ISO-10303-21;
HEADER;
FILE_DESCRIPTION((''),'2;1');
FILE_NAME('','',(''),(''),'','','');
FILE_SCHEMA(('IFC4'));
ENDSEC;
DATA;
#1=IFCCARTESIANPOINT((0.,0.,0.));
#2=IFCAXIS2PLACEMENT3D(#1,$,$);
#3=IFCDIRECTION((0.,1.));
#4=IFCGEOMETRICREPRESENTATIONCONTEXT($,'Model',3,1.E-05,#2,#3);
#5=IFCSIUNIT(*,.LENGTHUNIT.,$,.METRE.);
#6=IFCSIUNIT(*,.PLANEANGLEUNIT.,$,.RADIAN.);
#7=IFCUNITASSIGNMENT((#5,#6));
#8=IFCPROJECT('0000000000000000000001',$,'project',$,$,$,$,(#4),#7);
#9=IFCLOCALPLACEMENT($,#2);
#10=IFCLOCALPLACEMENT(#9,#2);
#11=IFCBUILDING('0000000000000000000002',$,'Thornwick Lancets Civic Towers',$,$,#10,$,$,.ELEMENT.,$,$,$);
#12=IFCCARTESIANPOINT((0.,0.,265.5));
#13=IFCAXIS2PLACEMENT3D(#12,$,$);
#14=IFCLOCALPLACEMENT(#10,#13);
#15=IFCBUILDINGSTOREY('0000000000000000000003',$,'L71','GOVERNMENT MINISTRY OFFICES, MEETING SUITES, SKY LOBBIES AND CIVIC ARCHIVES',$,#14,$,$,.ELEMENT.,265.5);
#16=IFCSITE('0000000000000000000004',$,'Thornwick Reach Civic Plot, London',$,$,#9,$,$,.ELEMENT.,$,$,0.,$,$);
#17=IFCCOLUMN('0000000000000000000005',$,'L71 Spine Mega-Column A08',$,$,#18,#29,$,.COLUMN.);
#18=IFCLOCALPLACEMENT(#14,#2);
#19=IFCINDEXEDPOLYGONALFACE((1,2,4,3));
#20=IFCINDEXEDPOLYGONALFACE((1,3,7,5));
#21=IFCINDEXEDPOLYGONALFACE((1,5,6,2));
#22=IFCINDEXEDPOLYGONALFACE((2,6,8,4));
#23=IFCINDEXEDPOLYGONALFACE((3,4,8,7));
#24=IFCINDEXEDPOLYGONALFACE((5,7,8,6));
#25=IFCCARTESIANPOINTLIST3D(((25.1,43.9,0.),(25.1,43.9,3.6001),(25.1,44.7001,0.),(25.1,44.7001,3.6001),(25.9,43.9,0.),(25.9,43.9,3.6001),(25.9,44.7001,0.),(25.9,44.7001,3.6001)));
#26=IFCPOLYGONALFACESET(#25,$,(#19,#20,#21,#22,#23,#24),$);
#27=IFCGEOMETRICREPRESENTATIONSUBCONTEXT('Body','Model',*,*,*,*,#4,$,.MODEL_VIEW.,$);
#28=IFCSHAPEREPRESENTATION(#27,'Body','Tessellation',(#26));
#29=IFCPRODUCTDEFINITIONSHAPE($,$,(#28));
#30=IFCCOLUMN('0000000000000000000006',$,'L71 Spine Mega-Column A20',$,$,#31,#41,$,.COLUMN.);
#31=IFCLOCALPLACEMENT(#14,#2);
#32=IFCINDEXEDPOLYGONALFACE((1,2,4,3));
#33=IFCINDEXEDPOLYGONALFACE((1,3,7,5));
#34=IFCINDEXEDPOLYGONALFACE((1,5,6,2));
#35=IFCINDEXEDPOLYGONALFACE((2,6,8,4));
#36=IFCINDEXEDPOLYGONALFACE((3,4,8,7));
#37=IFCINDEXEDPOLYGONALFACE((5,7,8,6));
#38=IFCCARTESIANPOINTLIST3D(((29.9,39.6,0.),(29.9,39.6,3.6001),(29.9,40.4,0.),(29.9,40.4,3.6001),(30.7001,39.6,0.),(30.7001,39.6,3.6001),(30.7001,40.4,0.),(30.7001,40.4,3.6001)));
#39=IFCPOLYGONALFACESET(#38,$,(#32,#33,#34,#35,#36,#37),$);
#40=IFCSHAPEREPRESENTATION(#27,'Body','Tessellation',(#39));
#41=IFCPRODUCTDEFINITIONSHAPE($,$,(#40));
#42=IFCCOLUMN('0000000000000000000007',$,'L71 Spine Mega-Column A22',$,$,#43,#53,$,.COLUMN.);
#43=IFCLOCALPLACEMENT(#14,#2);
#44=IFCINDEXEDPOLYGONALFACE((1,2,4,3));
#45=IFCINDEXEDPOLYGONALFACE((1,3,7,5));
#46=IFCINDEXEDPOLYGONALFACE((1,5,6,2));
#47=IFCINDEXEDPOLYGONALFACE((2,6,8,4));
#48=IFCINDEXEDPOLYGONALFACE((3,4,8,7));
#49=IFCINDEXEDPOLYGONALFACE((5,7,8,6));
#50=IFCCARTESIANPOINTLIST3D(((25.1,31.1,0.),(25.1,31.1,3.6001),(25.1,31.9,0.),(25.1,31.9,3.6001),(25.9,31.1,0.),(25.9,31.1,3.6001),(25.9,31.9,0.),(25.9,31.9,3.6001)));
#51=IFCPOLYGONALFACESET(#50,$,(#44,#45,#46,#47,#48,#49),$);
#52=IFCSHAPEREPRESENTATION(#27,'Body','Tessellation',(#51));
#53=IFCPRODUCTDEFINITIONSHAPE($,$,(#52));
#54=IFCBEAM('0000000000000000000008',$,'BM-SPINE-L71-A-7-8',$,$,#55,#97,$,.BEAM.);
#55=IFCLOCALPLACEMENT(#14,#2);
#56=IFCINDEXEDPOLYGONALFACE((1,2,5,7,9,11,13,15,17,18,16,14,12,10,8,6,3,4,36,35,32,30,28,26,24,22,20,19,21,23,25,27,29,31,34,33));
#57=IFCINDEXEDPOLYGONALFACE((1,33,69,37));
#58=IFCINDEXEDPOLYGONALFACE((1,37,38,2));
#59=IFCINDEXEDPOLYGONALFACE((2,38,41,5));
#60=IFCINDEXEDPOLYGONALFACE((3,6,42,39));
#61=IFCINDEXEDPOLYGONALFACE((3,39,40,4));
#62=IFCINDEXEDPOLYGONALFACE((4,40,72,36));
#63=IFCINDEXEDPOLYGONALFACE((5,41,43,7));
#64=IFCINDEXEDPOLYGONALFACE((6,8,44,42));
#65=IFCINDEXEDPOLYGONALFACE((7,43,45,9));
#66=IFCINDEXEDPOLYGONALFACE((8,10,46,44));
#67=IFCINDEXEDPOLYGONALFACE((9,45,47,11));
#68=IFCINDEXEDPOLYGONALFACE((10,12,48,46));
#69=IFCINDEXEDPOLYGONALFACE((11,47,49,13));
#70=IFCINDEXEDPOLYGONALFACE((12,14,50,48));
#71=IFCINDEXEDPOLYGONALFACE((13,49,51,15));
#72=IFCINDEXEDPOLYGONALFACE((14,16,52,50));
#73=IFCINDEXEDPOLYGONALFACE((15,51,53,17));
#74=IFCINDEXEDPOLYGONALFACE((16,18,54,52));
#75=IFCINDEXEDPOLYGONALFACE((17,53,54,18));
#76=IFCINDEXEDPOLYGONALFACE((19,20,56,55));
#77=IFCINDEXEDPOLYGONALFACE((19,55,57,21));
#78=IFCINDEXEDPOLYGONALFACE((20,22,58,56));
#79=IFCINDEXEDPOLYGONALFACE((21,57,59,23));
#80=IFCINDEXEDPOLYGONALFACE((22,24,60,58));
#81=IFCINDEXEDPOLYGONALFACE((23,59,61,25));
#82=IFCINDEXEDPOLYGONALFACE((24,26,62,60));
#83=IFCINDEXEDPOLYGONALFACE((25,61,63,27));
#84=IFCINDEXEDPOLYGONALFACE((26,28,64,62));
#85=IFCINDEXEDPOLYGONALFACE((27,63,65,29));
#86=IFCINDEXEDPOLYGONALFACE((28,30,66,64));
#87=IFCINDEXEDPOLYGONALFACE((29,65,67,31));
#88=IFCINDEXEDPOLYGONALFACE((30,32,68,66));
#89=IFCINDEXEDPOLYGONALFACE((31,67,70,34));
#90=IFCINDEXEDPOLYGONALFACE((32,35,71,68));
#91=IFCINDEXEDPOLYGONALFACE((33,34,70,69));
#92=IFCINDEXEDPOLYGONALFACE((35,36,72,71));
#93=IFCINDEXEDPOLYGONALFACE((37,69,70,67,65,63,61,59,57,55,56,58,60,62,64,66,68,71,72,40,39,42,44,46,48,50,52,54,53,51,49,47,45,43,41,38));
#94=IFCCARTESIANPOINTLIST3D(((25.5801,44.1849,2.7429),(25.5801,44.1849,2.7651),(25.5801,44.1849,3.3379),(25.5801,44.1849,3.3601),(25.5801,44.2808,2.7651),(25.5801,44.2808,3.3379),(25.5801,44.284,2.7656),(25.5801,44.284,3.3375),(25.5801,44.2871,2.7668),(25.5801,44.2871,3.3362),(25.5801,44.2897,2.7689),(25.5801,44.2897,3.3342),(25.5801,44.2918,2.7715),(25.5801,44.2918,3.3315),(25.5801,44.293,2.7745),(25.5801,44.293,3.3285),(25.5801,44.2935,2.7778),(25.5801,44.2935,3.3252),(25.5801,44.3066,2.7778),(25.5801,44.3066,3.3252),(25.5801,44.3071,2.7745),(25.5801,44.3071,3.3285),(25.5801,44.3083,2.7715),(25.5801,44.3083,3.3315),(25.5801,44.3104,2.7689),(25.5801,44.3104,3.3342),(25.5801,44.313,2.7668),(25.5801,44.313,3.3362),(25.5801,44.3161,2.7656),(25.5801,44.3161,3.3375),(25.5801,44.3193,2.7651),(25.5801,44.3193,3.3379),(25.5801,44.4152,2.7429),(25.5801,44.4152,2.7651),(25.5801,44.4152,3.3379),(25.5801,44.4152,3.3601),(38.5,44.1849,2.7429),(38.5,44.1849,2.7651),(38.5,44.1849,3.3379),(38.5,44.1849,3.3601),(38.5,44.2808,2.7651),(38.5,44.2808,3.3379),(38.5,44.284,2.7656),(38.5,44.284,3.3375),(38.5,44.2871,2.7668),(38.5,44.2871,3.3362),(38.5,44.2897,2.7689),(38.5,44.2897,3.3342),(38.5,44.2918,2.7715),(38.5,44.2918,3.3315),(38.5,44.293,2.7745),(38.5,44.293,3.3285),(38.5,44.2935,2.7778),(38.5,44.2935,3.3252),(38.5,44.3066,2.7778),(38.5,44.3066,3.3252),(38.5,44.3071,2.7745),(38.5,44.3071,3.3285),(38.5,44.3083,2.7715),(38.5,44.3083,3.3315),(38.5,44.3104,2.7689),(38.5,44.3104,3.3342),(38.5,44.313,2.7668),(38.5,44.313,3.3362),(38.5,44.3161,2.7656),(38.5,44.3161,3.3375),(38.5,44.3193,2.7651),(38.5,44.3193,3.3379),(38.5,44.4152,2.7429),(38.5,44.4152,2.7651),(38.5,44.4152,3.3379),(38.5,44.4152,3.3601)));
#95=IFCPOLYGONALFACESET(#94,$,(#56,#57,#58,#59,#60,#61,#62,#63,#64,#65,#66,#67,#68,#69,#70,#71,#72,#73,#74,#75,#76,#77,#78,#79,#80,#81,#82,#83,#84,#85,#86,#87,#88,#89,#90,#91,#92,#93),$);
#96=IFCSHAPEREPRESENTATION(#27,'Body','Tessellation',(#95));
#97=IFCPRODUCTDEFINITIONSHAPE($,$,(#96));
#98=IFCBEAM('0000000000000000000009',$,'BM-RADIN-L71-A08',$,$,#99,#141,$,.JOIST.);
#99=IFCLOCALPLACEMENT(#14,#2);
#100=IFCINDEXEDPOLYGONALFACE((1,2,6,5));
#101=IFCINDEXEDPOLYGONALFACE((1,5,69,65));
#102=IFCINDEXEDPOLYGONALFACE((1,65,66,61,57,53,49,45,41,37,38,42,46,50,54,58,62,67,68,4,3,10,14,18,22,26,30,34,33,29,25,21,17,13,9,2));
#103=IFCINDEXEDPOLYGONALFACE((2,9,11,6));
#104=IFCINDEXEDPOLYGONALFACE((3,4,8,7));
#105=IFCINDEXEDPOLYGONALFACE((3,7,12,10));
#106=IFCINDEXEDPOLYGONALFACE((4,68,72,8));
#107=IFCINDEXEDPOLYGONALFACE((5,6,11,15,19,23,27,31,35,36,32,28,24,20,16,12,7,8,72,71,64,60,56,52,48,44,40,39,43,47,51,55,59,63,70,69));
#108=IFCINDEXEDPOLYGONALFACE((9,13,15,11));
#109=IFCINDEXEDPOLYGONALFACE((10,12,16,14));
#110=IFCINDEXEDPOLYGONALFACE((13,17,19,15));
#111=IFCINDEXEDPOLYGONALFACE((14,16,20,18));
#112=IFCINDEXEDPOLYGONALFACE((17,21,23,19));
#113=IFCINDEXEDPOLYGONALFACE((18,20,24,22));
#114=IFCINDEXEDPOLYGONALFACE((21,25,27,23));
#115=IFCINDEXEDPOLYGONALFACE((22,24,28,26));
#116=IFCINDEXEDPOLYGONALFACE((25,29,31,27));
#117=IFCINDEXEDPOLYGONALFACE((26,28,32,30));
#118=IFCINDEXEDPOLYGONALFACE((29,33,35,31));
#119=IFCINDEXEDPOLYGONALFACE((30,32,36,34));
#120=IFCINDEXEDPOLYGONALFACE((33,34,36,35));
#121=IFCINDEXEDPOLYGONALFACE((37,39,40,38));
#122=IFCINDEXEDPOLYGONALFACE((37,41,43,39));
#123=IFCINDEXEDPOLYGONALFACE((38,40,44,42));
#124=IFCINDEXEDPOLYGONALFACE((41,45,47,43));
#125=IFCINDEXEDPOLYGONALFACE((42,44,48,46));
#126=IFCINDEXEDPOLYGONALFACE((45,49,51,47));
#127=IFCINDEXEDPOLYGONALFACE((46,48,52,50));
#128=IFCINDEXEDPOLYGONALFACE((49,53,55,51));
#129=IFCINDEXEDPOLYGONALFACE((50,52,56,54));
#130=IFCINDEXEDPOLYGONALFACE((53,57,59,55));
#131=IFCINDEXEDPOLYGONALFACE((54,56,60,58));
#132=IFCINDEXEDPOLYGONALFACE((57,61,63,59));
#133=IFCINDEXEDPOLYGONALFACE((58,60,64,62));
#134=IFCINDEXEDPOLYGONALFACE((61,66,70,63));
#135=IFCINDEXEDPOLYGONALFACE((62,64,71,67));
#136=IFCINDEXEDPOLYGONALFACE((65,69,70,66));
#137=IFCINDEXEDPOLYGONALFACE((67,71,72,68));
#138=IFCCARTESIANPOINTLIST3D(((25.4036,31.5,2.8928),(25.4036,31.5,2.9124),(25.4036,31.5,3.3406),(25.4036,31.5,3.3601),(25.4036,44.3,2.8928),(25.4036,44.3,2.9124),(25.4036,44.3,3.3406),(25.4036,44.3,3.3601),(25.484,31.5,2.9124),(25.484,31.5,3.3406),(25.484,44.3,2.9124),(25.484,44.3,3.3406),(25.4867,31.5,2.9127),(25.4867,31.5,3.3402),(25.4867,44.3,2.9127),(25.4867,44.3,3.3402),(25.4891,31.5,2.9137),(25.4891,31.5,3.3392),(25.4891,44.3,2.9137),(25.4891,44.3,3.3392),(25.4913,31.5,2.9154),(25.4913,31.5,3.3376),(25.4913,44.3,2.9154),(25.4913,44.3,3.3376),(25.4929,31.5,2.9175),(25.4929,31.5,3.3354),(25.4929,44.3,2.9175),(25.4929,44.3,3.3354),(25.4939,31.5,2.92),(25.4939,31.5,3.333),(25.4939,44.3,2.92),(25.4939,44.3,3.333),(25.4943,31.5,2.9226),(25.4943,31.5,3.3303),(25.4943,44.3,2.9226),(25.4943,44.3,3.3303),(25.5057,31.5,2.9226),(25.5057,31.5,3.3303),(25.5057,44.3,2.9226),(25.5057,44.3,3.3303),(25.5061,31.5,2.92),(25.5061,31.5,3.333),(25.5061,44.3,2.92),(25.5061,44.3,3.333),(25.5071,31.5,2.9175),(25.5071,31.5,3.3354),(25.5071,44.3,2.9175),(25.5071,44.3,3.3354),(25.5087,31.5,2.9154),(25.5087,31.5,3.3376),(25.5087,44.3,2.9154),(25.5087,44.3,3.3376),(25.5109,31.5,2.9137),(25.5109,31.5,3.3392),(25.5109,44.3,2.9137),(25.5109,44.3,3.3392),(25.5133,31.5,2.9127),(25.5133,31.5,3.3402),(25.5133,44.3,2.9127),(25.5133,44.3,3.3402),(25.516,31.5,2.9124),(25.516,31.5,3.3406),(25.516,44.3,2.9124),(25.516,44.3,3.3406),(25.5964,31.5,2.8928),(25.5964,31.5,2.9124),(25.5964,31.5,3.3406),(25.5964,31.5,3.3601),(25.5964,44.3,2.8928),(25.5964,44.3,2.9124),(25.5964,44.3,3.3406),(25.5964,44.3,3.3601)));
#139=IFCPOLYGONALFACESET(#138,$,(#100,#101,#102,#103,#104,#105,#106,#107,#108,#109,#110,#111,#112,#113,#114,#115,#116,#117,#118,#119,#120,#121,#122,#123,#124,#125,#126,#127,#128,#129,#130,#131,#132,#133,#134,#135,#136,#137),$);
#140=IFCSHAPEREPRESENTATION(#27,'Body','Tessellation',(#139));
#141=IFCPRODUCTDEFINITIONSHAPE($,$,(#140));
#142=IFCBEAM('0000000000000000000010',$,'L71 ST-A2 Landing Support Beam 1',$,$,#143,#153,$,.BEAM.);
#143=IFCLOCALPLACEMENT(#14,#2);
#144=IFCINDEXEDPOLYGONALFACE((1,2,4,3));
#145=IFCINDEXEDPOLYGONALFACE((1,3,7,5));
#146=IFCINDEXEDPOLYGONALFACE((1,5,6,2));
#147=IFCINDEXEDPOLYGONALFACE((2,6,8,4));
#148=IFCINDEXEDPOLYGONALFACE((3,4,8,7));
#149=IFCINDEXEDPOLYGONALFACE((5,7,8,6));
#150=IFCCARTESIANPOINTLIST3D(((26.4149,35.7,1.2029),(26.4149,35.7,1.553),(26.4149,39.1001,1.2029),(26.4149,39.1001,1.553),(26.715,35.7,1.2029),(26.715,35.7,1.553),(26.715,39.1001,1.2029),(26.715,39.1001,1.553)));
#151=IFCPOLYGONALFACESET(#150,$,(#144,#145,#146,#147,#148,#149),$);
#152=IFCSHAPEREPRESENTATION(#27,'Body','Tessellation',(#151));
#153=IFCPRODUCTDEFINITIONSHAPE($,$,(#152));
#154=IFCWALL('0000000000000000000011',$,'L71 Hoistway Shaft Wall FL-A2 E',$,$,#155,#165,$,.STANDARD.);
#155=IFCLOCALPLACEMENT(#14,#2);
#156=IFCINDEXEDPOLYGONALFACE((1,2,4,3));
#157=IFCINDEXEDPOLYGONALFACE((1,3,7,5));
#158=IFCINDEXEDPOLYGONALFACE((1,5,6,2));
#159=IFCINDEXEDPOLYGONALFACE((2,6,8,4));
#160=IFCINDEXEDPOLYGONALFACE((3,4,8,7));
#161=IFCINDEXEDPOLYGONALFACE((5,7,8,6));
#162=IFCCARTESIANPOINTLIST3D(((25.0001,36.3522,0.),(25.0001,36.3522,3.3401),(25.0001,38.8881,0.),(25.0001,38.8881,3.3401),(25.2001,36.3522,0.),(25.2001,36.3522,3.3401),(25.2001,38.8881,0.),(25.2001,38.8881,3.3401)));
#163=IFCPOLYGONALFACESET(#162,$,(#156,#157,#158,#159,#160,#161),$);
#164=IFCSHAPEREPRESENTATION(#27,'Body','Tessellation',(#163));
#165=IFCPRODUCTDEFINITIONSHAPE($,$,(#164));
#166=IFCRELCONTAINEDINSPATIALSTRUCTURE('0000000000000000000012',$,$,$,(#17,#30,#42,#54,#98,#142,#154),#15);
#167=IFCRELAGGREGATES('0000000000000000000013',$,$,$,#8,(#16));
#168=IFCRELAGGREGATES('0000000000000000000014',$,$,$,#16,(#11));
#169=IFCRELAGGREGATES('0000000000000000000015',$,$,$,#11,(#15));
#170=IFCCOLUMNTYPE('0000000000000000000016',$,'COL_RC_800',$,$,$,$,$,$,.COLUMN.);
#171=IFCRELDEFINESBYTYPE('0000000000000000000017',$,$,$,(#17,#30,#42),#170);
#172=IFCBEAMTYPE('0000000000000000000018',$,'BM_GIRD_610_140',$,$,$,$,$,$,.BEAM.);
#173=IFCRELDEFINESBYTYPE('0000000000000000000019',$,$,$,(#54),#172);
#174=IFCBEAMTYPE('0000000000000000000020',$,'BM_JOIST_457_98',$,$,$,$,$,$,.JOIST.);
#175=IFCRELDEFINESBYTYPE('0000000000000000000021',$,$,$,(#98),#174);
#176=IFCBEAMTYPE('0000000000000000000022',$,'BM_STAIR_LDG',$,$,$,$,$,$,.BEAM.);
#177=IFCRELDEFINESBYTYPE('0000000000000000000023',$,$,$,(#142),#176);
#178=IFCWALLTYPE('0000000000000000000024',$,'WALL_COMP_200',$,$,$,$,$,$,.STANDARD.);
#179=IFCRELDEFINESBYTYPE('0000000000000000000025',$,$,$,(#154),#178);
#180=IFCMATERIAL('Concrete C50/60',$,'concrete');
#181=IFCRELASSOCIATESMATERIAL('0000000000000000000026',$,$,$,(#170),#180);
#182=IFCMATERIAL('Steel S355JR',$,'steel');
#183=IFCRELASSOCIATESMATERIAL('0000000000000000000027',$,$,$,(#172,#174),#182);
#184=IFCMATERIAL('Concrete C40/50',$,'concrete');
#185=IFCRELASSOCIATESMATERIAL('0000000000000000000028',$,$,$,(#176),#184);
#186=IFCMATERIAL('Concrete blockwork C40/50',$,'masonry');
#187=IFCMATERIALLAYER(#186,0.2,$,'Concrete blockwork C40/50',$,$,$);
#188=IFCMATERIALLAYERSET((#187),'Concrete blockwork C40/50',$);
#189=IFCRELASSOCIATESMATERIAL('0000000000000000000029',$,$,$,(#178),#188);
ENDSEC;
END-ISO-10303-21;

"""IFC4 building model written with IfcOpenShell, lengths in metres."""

from ifc_helpers import new_model, si_unit, direction, frame, frame_2d, origin, origin_2d, place, context, subcontext, project, spatial, rectangle, i_section, extrude, material, layer, layer_set, material_profile, profile_set, type_object, element, save


model = new_model("IFC4")

# Units and contexts
model_context = context("Model", 3, precision=1e-05, world=origin(), true_north=direction((0.0, 1.0)))
body_context = subcontext(model_context, "Body", "Model", "MODEL_VIEW")
ifc_project = project(units=[si_unit("LENGTHUNIT", "METRE"), si_unit("PLANEANGLEUNIT", "RADIAN")], contexts=[model_context])

# Site, building, storey
site_placement = place(None, origin())
site = spatial("IfcSite", under=ifc_project, at=site_placement, Name="Thornwick Reach Civic Plot, London", CompositionType="ELEMENT", RefElevation=0.0)
building_placement = place(site_placement, origin())
building = spatial("IfcBuilding", under=site, at=building_placement, Name="Thornwick Lancets Civic Towers", CompositionType="ELEMENT")
storey_placement = place(building_placement, frame((0.0, 0.0, 265.5)))
storey = spatial("IfcBuildingStorey", under=building, at=storey_placement, Name="L71", Description="GOVERNMENT MINISTRY OFFICES, MEETING SUITES, SKY LOBBIES AND CIVIC ARCHIVES", CompositionType="ELEMENT", Elevation=265.5)

# Columns
ifc_material_1 = material(Name="Concrete C50/60", Category="concrete")
ifc_material_profile_1 = material_profile(ifc_material_1, rectangle(XDim=0.8, YDim=0.8, at=origin_2d()), Name="RC 800x800")
ifc_profile_set_1 = profile_set([ifc_material_profile_1], Name="Concrete C50/60")
column_type = type_object("IfcColumnType", Name="COL_RC_800", PredefinedType="COLUMN", material=ifc_profile_set_1)
for number, where, z_axis, x_axis, name in (
    (1, (25.5, 44.3, 0.0), (0.0, 0.0, 1.0), (1.0, 0.0, 0.0), "L71 Spine Mega-Column A08"),
    (2, (30.3, 40.0, 0.0), (0.0, 0.0, 1.0), (1.0, 0.0, 0.0), "L71 Spine Mega-Column A20"),
    (3, (25.5, 31.5, 0.0), (0.0, 0.0, 1.0), (1.0, 0.0, 0.0), "L71 Spine Mega-Column A22"),
):
    element("IfcColumn", number, at=place(storey_placement, frame(where, z_axis=z_axis, x_axis=x_axis)), inside=storey, type_object=column_type, Name=name, PredefinedType="COLUMN", context=body_context, shape_type="SweptSolid", body=[
        extrude(rectangle(XDim=0.8, YDim=0.8, at=origin_2d()), origin(), (0.0, 0.0, 1.0), 3.6001),
    ])

# Beams
ifc_material_2 = material(Name="Steel S355JR", Category="steel")
ifc_material_profile_2 = material_profile(ifc_material_2, i_section(OverallWidth=0.2302, OverallDepth=0.6172, WebThickness=0.0132, FlangeThickness=0.0222, FilletRadius=0.0127, at=origin_2d()), Name="UKB 610x229x140")
ifc_profile_set_2 = profile_set([ifc_material_profile_2], Name="Steel S355JR")
beam_type_1 = type_object("IfcBeamType", Name="BM_GIRD_610_140", PredefinedType="BEAM", material=ifc_profile_set_2)
beam_1_placement = place(storey_placement, frame((25.5801, 44.3, 3.0515), z_axis=(1.0, 0.0, 0.0), x_axis=(0.0, 1.0, 0.0)))
element("IfcBeam", 4, at=beam_1_placement, inside=storey, type_object=beam_type_1, Name="BM-SPINE-L71-A-7-8", PredefinedType="BEAM", context=body_context, shape_type="SweptSolid", body=[
    extrude(i_section(OverallWidth=0.2302, OverallDepth=0.6172, WebThickness=0.0132, FlangeThickness=0.0222, FilletRadius=0.0127, at=origin_2d()), origin(), (0.0, 0.0, 1.0), 12.9199),
])
ifc_material_profile_3 = material_profile(ifc_material_2, i_section(OverallWidth=0.1929, OverallDepth=0.4673, WebThickness=0.0115, FlangeThickness=0.0195, FilletRadius=0.0103, at=origin_2d()), Name="UKB 457x191x98")
ifc_profile_set_3 = profile_set([ifc_material_profile_3], Name="Steel S355JR")
beam_type_2 = type_object("IfcBeamType", Name="BM_JOIST_457_98", PredefinedType="JOIST", material=ifc_profile_set_3)
beam_2_placement = place(storey_placement, frame((25.5, 31.5, 3.1265), z_axis=(0.0, 1.0, 0.0), x_axis=(-1.0, 0.0, 0.0)))
element("IfcBeam", 5, at=beam_2_placement, inside=storey, type_object=beam_type_2, Name="BM-RADIN-L71-A08", PredefinedType="JOIST", context=body_context, shape_type="SweptSolid", body=[
    extrude(i_section(OverallWidth=0.1929, OverallDepth=0.4673, WebThickness=0.0115, FlangeThickness=0.0195, FilletRadius=0.0103, at=origin_2d()), origin(), (0.0, 0.0, 1.0), 12.8),
])
ifc_material_3 = material(Name="Concrete C40/50", Category="concrete")
ifc_material_profile_4 = material_profile(ifc_material_3, rectangle(XDim=0.3, YDim=0.3501, at=origin_2d()), Name="RC 300x350")
ifc_profile_set_4 = profile_set([ifc_material_profile_4], Name="Concrete C40/50")
beam_type_3 = type_object("IfcBeamType", Name="BM_STAIR_LDG", PredefinedType="BEAM", material=ifc_profile_set_4)
beam_3_placement = place(storey_placement, frame((26.5649, 39.1001, 1.3779), z_axis=(0.0, -1.0, 0.0), x_axis=(1.0, 0.0, 0.0)))
element("IfcBeam", 6, at=beam_3_placement, inside=storey, type_object=beam_type_3, Name="L71 ST-A2 Landing Support Beam 1", PredefinedType="BEAM", context=body_context, shape_type="SweptSolid", body=[
    extrude(rectangle(XDim=0.3, YDim=0.3501, at=origin_2d()), origin(), (0.0, 0.0, 1.0), 3.4001),
])

# Wall
ifc_material_4 = material(Name="Concrete blockwork C40/50", Category="masonry")
ifc_layer_1 = layer(ifc_material_4, 0.2, Name="Concrete blockwork C40/50")
ifc_layer_set_1 = layer_set([ifc_layer_1], Name="Concrete blockwork C40/50")
wall_type_1 = type_object("IfcWallType", Name="WALL_COMP_200", PredefinedType="STANDARD", material=ifc_layer_set_1)
wall_1_placement = place(storey_placement, frame((25.1001, 36.3521, 0.0), z_axis=(0.0, 0.0, 1.0), x_axis=(0.0, 1.0, 0.0)))
element("IfcWall", 7, at=wall_1_placement, inside=storey, type_object=wall_type_1, Name="L71 Hoistway Shaft Wall FL-A2 E", PredefinedType="STANDARD", context=body_context, shape_type="SweptSolid", body=[
    extrude(rectangle(XDim=2.5359, YDim=0.2, at=frame_2d((1.2681, 0.0))), origin(), (0.0, 0.0, 1.0), 3.3401),
])

save(model, "model.ifc")
